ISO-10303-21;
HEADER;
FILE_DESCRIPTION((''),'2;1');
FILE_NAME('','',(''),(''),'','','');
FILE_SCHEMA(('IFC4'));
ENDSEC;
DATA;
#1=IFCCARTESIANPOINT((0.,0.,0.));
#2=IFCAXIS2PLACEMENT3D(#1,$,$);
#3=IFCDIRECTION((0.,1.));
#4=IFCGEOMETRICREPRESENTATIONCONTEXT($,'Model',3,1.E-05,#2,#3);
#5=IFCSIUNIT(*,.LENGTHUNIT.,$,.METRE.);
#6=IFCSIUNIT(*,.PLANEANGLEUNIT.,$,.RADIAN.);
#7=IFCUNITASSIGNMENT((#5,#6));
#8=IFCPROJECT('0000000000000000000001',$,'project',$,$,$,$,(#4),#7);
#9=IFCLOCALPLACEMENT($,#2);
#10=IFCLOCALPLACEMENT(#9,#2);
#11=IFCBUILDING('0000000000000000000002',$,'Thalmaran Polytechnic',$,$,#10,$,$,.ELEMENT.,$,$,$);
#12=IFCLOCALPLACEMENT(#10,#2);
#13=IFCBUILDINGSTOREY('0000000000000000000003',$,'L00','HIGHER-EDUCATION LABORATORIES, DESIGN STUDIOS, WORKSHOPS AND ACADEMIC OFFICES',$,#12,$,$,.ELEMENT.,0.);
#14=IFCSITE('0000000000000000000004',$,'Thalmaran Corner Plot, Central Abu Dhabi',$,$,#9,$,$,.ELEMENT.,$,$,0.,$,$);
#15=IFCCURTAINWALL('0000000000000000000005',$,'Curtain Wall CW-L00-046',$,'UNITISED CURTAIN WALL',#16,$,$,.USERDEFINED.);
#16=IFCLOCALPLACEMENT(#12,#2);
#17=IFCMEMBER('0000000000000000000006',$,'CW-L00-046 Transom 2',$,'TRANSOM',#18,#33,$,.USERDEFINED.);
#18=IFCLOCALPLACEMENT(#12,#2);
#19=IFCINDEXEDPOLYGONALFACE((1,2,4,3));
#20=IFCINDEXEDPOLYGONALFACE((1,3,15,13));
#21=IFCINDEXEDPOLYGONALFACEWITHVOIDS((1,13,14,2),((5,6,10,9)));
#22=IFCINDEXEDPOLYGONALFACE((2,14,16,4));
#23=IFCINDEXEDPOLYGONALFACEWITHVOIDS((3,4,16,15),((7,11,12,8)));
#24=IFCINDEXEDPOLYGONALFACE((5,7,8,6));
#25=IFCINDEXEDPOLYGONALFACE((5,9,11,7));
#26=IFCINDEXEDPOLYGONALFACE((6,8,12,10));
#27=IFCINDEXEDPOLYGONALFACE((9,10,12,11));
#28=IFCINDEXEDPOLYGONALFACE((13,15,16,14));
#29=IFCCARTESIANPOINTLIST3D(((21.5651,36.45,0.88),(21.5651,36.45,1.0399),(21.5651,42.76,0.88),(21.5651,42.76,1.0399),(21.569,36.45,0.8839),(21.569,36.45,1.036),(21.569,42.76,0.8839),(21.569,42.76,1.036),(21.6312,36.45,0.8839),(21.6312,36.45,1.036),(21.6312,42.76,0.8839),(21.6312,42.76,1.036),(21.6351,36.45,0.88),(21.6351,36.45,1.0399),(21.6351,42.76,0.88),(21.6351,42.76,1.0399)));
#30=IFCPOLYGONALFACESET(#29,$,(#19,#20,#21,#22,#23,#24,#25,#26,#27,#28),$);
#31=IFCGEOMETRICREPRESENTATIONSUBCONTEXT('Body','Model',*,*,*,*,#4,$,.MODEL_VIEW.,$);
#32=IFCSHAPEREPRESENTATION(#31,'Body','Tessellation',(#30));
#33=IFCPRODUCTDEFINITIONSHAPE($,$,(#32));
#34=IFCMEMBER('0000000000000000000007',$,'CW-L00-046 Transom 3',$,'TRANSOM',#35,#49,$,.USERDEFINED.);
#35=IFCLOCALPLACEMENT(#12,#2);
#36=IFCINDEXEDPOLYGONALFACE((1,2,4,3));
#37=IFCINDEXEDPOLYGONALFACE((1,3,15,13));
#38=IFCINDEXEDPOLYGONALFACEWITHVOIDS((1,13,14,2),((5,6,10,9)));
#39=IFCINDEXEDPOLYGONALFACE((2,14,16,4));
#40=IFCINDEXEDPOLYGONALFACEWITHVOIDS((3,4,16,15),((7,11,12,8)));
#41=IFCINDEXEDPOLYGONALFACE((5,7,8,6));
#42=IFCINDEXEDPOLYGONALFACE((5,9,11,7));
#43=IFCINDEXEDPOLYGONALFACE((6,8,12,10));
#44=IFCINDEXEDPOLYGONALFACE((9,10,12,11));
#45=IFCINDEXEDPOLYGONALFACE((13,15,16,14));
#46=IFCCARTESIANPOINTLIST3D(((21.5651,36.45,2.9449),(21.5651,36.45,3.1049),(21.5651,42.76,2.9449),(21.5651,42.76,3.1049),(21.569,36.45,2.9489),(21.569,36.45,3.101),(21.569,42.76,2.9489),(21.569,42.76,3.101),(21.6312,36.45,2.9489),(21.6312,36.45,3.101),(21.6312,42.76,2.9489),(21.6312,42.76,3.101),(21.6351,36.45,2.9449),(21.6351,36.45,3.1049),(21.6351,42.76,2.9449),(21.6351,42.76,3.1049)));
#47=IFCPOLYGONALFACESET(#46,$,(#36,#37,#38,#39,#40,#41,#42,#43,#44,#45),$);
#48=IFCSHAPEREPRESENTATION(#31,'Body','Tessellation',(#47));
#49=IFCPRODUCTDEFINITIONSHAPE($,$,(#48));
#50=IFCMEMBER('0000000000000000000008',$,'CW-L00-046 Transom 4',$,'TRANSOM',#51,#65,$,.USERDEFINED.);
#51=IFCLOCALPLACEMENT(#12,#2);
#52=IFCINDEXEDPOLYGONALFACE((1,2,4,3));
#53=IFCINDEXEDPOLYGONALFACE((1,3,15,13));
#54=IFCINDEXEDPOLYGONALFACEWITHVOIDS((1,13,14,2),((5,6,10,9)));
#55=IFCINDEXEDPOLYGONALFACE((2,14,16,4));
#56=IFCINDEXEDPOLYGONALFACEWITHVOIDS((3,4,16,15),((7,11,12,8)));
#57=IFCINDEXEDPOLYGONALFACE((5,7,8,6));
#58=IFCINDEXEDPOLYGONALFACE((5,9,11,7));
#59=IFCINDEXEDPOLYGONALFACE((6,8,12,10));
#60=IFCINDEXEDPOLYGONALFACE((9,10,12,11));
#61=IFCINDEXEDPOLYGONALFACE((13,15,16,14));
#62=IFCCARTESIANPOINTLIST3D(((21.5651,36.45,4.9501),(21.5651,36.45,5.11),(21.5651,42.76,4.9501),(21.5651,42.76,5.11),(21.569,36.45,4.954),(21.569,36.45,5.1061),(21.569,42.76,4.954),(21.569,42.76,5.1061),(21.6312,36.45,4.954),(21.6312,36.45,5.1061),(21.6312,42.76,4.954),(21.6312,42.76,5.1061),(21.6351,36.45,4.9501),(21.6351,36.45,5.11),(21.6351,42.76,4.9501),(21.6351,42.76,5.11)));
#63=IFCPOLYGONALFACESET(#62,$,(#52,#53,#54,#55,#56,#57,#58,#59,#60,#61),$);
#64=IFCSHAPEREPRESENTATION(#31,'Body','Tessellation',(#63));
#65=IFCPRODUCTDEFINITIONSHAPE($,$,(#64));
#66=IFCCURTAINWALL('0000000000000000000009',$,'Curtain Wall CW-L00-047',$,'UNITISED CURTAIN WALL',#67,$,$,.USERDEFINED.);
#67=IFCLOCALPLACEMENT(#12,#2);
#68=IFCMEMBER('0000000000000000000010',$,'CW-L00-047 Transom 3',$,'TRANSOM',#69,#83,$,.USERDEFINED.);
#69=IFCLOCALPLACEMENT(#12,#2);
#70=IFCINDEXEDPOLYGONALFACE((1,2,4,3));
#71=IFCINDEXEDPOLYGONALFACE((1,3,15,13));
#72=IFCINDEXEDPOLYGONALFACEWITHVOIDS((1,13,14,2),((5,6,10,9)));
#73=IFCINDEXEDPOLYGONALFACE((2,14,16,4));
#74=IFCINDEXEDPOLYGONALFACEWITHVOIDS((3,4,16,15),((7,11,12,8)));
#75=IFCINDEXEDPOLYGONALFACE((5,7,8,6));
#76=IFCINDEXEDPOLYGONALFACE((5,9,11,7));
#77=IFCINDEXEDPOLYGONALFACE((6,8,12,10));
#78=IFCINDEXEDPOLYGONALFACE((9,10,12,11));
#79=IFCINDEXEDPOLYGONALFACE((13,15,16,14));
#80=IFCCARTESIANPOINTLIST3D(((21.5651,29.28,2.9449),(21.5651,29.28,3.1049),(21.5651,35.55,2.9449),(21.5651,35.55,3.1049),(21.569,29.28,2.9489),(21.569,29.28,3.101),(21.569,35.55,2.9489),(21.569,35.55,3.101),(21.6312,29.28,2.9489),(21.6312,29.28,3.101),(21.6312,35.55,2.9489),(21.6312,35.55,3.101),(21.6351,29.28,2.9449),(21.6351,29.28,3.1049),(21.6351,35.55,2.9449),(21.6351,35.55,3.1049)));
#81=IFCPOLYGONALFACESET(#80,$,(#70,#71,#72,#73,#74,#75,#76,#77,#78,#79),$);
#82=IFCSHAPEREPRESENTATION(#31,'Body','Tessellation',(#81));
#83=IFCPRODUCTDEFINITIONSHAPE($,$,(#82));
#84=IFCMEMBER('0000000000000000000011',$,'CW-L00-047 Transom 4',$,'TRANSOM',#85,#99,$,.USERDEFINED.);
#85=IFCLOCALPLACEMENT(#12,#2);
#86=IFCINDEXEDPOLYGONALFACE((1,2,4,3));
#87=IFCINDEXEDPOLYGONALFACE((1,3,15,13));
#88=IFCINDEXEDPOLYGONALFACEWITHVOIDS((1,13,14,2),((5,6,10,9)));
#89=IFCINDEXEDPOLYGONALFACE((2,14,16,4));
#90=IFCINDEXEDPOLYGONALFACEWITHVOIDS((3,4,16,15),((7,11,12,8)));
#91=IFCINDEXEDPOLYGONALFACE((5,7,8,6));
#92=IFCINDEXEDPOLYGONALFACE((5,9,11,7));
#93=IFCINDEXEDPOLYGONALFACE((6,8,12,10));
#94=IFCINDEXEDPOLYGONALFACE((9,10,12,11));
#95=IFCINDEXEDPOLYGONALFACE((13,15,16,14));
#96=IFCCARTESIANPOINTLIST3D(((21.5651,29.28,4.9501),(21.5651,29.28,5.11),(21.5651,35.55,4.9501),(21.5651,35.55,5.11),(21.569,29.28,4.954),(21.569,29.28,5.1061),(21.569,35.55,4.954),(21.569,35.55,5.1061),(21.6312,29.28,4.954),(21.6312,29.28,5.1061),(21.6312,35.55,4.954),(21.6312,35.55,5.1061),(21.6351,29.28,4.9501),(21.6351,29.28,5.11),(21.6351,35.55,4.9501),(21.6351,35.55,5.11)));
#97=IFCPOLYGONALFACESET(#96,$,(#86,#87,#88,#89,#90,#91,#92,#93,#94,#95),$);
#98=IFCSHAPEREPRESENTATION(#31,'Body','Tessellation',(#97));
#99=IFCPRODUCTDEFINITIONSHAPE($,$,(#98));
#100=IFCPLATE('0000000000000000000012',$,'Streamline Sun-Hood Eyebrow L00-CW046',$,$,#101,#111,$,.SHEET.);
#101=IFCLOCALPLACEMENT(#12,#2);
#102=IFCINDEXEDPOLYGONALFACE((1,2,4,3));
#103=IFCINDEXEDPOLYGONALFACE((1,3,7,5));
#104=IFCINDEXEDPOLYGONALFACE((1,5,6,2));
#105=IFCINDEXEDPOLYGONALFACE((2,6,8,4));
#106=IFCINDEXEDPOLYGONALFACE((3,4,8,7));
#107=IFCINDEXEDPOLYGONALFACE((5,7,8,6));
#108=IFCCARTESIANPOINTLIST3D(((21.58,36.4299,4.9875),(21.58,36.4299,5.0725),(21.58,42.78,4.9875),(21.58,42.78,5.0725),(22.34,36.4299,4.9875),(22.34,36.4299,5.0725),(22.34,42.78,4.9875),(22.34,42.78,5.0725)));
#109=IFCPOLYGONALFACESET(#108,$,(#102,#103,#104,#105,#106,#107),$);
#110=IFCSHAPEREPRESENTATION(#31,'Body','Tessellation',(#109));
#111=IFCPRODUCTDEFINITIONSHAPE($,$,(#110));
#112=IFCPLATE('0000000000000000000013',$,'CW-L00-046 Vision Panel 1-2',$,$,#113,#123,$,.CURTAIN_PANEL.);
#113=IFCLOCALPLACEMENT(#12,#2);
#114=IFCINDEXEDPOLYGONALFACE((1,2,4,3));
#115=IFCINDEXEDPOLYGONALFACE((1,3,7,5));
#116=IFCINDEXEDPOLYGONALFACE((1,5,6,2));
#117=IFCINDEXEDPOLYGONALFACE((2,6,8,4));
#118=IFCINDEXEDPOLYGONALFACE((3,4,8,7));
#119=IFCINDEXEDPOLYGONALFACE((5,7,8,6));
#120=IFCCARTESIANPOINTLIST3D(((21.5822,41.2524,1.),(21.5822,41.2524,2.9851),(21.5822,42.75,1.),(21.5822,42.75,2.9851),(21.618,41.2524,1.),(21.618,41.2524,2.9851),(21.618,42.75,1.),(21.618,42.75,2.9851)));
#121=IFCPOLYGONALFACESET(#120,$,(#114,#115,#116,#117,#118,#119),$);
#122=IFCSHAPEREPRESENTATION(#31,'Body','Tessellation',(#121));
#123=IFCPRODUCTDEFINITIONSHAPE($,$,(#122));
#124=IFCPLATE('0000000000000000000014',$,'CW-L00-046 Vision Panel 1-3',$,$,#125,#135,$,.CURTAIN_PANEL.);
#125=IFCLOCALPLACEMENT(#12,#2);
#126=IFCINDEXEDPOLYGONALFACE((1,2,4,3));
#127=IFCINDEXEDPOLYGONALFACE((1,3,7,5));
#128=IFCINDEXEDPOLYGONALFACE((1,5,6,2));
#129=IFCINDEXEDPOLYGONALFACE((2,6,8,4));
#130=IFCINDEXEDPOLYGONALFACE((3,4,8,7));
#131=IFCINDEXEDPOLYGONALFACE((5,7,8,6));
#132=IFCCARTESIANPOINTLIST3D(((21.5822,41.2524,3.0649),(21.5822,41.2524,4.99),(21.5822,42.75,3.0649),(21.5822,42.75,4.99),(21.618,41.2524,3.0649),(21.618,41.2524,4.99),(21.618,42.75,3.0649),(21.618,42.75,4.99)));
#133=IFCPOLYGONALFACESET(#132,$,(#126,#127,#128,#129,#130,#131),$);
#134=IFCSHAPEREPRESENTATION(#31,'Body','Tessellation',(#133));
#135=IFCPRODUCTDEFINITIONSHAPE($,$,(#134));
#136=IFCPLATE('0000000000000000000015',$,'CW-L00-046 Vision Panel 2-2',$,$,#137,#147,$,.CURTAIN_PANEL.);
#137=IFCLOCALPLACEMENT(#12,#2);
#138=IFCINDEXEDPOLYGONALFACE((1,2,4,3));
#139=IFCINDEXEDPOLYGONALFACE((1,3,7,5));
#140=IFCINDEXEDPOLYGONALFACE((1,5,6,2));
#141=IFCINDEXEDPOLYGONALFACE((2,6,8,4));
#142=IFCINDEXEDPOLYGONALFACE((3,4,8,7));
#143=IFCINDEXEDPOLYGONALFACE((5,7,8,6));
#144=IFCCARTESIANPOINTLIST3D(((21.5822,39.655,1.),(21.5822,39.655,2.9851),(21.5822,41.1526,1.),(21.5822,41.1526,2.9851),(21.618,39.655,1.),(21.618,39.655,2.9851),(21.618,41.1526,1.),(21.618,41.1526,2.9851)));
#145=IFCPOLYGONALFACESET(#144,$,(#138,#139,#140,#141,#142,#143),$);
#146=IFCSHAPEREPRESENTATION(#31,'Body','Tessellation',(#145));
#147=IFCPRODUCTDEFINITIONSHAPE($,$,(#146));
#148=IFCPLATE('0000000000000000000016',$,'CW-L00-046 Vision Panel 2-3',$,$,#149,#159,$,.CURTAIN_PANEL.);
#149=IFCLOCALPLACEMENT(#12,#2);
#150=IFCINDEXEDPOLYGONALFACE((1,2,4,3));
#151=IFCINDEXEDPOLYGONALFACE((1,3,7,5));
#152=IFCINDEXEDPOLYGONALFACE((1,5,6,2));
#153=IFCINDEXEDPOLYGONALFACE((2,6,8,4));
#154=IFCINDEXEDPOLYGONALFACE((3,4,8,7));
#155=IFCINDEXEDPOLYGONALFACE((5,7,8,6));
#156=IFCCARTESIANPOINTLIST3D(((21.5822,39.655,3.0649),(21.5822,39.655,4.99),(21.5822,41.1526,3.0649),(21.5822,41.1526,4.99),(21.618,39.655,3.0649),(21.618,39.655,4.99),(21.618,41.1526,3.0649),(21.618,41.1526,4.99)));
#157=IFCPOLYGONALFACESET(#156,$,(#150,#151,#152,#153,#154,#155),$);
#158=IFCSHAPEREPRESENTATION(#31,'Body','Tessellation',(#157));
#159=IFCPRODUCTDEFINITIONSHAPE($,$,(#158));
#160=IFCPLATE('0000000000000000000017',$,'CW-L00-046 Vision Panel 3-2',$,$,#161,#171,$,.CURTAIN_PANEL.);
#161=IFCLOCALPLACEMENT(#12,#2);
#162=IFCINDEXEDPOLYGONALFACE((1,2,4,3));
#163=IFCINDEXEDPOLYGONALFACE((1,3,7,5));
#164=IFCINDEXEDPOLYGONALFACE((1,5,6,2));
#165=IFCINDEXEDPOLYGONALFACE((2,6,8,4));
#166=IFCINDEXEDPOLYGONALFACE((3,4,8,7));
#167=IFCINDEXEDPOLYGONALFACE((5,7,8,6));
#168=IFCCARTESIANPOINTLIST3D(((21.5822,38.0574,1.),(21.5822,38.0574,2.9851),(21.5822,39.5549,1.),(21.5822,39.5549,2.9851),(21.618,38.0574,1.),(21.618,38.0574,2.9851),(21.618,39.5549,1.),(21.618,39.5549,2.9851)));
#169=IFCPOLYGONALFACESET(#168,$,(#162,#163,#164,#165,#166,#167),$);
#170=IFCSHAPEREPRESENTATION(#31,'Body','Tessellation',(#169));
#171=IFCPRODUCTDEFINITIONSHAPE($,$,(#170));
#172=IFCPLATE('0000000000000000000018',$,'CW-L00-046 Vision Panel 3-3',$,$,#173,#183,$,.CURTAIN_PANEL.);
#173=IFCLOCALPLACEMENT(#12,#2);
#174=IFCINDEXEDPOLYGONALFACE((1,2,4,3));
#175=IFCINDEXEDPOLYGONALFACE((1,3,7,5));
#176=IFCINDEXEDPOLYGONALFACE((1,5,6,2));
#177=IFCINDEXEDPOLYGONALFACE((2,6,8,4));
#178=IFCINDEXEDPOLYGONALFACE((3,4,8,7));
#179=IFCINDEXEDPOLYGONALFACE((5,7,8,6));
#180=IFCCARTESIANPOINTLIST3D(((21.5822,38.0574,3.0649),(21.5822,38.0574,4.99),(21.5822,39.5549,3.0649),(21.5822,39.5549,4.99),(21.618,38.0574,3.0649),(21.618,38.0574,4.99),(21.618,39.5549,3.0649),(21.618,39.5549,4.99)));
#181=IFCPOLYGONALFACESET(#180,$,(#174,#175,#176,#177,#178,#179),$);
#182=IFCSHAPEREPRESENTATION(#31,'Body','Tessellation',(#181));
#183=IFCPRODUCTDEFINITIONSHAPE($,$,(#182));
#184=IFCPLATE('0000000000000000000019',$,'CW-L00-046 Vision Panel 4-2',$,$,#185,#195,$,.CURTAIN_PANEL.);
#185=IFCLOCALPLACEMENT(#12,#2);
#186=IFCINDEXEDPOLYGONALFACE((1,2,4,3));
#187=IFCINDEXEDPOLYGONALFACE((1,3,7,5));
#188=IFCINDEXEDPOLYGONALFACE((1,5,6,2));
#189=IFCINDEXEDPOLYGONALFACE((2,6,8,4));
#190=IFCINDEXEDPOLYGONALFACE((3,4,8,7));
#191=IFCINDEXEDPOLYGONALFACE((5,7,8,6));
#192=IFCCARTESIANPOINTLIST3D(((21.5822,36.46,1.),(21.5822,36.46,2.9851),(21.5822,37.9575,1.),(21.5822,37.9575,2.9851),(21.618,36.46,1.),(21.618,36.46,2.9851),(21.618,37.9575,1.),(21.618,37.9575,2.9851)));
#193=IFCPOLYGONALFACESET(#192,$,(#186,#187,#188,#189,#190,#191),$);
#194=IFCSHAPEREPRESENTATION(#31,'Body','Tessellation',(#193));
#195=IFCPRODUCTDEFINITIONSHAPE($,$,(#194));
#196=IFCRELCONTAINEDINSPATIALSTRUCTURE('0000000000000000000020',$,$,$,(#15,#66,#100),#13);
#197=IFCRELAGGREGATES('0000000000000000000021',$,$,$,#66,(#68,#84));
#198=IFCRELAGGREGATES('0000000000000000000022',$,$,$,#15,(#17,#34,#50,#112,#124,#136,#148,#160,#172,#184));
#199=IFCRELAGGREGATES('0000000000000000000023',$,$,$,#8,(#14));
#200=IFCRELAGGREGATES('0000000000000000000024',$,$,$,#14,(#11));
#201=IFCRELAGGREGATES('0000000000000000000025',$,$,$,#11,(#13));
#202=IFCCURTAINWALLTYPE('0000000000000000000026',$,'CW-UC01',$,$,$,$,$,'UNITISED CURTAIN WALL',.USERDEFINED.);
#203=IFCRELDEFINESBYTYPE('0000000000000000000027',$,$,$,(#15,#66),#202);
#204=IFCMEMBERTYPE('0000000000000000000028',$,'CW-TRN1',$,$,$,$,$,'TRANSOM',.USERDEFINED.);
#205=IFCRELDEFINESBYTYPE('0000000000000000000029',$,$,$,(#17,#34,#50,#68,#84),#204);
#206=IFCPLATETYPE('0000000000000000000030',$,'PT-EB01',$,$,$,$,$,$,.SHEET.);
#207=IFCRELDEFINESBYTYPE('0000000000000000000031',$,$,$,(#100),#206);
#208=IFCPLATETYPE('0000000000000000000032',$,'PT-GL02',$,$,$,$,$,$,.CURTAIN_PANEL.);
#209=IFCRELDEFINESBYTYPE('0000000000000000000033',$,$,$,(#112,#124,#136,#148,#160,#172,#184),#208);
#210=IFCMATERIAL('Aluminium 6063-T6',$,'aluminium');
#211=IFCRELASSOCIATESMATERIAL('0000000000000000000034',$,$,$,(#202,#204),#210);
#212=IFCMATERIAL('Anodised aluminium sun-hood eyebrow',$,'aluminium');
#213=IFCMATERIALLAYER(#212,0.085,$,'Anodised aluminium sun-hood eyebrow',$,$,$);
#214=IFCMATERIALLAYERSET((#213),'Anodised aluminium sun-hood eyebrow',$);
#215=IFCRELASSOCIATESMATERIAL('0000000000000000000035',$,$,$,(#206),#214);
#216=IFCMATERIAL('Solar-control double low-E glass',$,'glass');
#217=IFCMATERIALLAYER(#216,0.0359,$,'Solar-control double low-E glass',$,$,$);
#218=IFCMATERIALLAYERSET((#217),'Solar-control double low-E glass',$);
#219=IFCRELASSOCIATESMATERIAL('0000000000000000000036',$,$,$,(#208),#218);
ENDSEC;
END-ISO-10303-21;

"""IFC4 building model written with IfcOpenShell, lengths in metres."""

from ifc_helpers import new_model, si_unit, direction, frame, origin, origin_2d, place, context, subcontext, project, spatial, rectangle, hollow_rectangle, extrude, material, layer, layer_set, material_profile, profile_set, type_object, element, aggregate, save


model = new_model("IFC4")

# Units and contexts
model_context = context("Model", 3, precision=1e-05, world=origin(), true_north=direction((0.0, 1.0)))
body_context = subcontext(model_context, "Body", "Model", "MODEL_VIEW")
ifc_project = project(units=[si_unit("LENGTHUNIT", "METRE"), si_unit("PLANEANGLEUNIT", "RADIAN")], contexts=[model_context])

# Site, building, storey
site_placement = place(None, origin())
site = spatial("IfcSite", under=ifc_project, at=site_placement, Name="Thalmaran Corner Plot, Central Abu Dhabi", CompositionType="ELEMENT", RefElevation=0.0)
building_placement = place(site_placement, origin())
building = spatial("IfcBuilding", under=site, at=building_placement, Name="Thalmaran Polytechnic", CompositionType="ELEMENT")
storey_placement = place(building_placement, origin())
storey = spatial("IfcBuildingStorey", under=building, at=storey_placement, Name="L00", Description="HIGHER-EDUCATION LABORATORIES, DESIGN STUDIOS, WORKSHOPS AND ACADEMIC OFFICES", CompositionType="ELEMENT", Elevation=0.0)

# Shared definitions
ifc_material_1 = material(Name="Aluminium 6063-T6", Category="aluminium")
curtain_wall_type = type_object("IfcCurtainWallType", Name="CW-UC01", ElementType="UNITISED CURTAIN WALL", PredefinedType="USERDEFINED", material=ifc_material_1)

# Curtain walls, members
curtain_wall_1_placement = place(storey_placement, origin())
curtain_wall_1 = element("IfcCurtainWall", 1, at=curtain_wall_1_placement, inside=storey, type_object=curtain_wall_type, Name="Curtain Wall CW-L00-046", ObjectType="UNITISED CURTAIN WALL", PredefinedType="USERDEFINED")
ifc_material_profile_1 = material_profile(ifc_material_1, hollow_rectangle(XDim=0.0701, YDim=0.1599, WallThickness=0.0039, at=origin_2d()), Name="AL 160x70x4.0")
ifc_profile_set_1 = profile_set([ifc_material_profile_1], Name="Aluminium 6063-T6")
member_type_1 = type_object("IfcMemberType", Name="CW-TRN1", ElementType="TRANSOM", PredefinedType="USERDEFINED", material=ifc_profile_set_1)
member_1_placement = place(storey_placement, frame((21.6001, 42.76, 0.96), z_axis=(0.0, -1.0, 0.0), x_axis=(1.0, 0.0, 0.0)))
member_1 = element("IfcMember", 2, at=member_1_placement, type_object=member_type_1, Name="CW-L00-046 Transom 2", ObjectType="TRANSOM", PredefinedType="USERDEFINED", context=body_context, shape_type="SweptSolid", body=[
    extrude(hollow_rectangle(XDim=0.0701, YDim=0.1599, WallThickness=0.0039, at=origin_2d()), origin(), (0.0, 0.0, 1.0), 6.3101),
])
member_2_placement = place(storey_placement, frame((21.6001, 42.76, 3.0249), z_axis=(0.0, -1.0, 0.0), x_axis=(1.0, 0.0, 0.0)))
member_2 = element("IfcMember", 3, at=member_2_placement, type_object=member_type_1, Name="CW-L00-046 Transom 3", ObjectType="TRANSOM", PredefinedType="USERDEFINED", context=body_context, shape_type="SweptSolid", body=[
    extrude(hollow_rectangle(XDim=0.0701, YDim=0.1599, WallThickness=0.0039, at=origin_2d()), origin(), (0.0, 0.0, 1.0), 6.3101),
])
member_3_placement = place(storey_placement, frame((21.6001, 42.76, 5.03), z_axis=(0.0, -1.0, 0.0), x_axis=(1.0, 0.0, 0.0)))
member_3 = element("IfcMember", 4, at=member_3_placement, type_object=member_type_1, Name="CW-L00-046 Transom 4", ObjectType="TRANSOM", PredefinedType="USERDEFINED", context=body_context, shape_type="SweptSolid", body=[
    extrude(hollow_rectangle(XDim=0.0701, YDim=0.1599, WallThickness=0.0039, at=origin_2d()), origin(), (0.0, 0.0, 1.0), 6.3101),
])
curtain_wall_2_placement = place(storey_placement, origin())
curtain_wall_2 = element("IfcCurtainWall", 5, at=curtain_wall_2_placement, inside=storey, type_object=curtain_wall_type, Name="Curtain Wall CW-L00-047", ObjectType="UNITISED CURTAIN WALL", PredefinedType="USERDEFINED")
member_4_placement = place(storey_placement, frame((21.6001, 35.55, 3.0249), z_axis=(0.0, -1.0, 0.0), x_axis=(1.0, 0.0, 0.0)))
member_4 = element("IfcMember", 6, at=member_4_placement, type_object=member_type_1, Name="CW-L00-047 Transom 3", ObjectType="TRANSOM", PredefinedType="USERDEFINED", context=body_context, shape_type="SweptSolid", body=[
    extrude(hollow_rectangle(XDim=0.0701, YDim=0.1599, WallThickness=0.0039, at=origin_2d()), origin(), (0.0, 0.0, 1.0), 6.27),
])
member_5_placement = place(storey_placement, frame((21.6001, 35.55, 5.03), z_axis=(0.0, -1.0, 0.0), x_axis=(1.0, 0.0, 0.0)))
member_5 = element("IfcMember", 7, at=member_5_placement, type_object=member_type_1, Name="CW-L00-047 Transom 4", ObjectType="TRANSOM", PredefinedType="USERDEFINED", context=body_context, shape_type="SweptSolid", body=[
    extrude(hollow_rectangle(XDim=0.0701, YDim=0.1599, WallThickness=0.0039, at=origin_2d()), origin(), (0.0, 0.0, 1.0), 6.27),
])
aggregate(curtain_wall_2, [member_4, member_5])

# Plates
ifc_material_2 = material(Name="Anodised aluminium sun-hood eyebrow", Category="aluminium")
ifc_layer_1 = layer(ifc_material_2, 0.085, Name="Anodised aluminium sun-hood eyebrow")
ifc_layer_set_1 = layer_set([ifc_layer_1], Name="Anodised aluminium sun-hood eyebrow")
plate_type_1 = type_object("IfcPlateType", Name="PT-EB01", PredefinedType="SHEET", material=ifc_layer_set_1)
plate_1_placement = place(storey_placement, frame((21.96, 39.605, 4.9875), z_axis=(0.0, 0.0, 1.0), x_axis=(0.0, -1.0, 0.0)))
element("IfcPlate", 8, at=plate_1_placement, inside=storey, type_object=plate_type_1, Name="Streamline Sun-Hood Eyebrow L00-CW046", PredefinedType="SHEET", context=body_context, shape_type="SweptSolid", body=[
    extrude(rectangle(XDim=6.3501, YDim=0.76, at=origin_2d()), origin(), (0.0, 0.0, 1.0), 0.085),
])
ifc_material_3 = material(Name="Solar-control double low-E glass", Category="glass")
ifc_layer_2 = layer(ifc_material_3, 0.0359, Name="Solar-control double low-E glass")
ifc_layer_set_2 = layer_set([ifc_layer_2], Name="Solar-control double low-E glass")
plate_type_2 = type_object("IfcPlateType", Name="PT-GL02", PredefinedType="CURTAIN_PANEL", material=ifc_layer_set_2)
plate_2_placement = place(storey_placement, frame((21.6001, 42.0012, 1.0), z_axis=(0.0, 0.0, 1.0), x_axis=(0.0, -1.0, 0.0)))
plate_2 = element("IfcPlate", 9, at=plate_2_placement, type_object=plate_type_2, Name="CW-L00-046 Vision Panel 1-2", PredefinedType="CURTAIN_PANEL", context=body_context, shape_type="SweptSolid", body=[
    extrude(rectangle(XDim=1.4976, YDim=0.0359, at=origin_2d()), origin(), (0.0, 0.0, 1.0), 1.9851),
])
plate_3_placement = place(storey_placement, frame((21.6001, 42.0012, 3.0649), z_axis=(0.0, 0.0, 1.0), x_axis=(0.0, -1.0, 0.0)))
plate_3 = element("IfcPlate", 10, at=plate_3_placement, type_object=plate_type_2, Name="CW-L00-046 Vision Panel 1-3", PredefinedType="CURTAIN_PANEL", context=body_context, shape_type="SweptSolid", body=[
    extrude(rectangle(XDim=1.4976, YDim=0.0359, at=origin_2d()), origin(), (0.0, 0.0, 1.0), 1.925),
])
plate_4_placement = place(storey_placement, frame((21.6001, 40.4038, 1.0), z_axis=(0.0, 0.0, 1.0), x_axis=(0.0, -1.0, 0.0)))
plate_4 = element("IfcPlate", 11, at=plate_4_placement, type_object=plate_type_2, Name="CW-L00-046 Vision Panel 2-2", PredefinedType="CURTAIN_PANEL", context=body_context, shape_type="SweptSolid", body=[
    extrude(rectangle(XDim=1.4976, YDim=0.0359, at=origin_2d()), origin(), (0.0, 0.0, 1.0), 1.9851),
])
plate_5_placement = place(storey_placement, frame((21.6001, 40.4038, 3.0649), z_axis=(0.0, 0.0, 1.0), x_axis=(0.0, -1.0, 0.0)))
plate_5 = element("IfcPlate", 12, at=plate_5_placement, type_object=plate_type_2, Name="CW-L00-046 Vision Panel 2-3", PredefinedType="CURTAIN_PANEL", context=body_context, shape_type="SweptSolid", body=[
    extrude(rectangle(XDim=1.4976, YDim=0.0359, at=origin_2d()), origin(), (0.0, 0.0, 1.0), 1.925),
])
plate_6_placement = place(storey_placement, frame((21.6001, 38.8062, 1.0), z_axis=(0.0, 0.0, 1.0), x_axis=(0.0, -1.0, 0.0)))
plate_6 = element("IfcPlate", 13, at=plate_6_placement, type_object=plate_type_2, Name="CW-L00-046 Vision Panel 3-2", PredefinedType="CURTAIN_PANEL", context=body_context, shape_type="SweptSolid", body=[
    extrude(rectangle(XDim=1.4976, YDim=0.0359, at=origin_2d()), origin(), (0.0, 0.0, 1.0), 1.9851),
])
plate_7_placement = place(storey_placement, frame((21.6001, 38.8062, 3.0649), z_axis=(0.0, 0.0, 1.0), x_axis=(0.0, -1.0, 0.0)))
plate_7 = element("IfcPlate", 14, at=plate_7_placement, type_object=plate_type_2, Name="CW-L00-046 Vision Panel 3-3", PredefinedType="CURTAIN_PANEL", context=body_context, shape_type="SweptSolid", body=[
    extrude(rectangle(XDim=1.4976, YDim=0.0359, at=origin_2d()), origin(), (0.0, 0.0, 1.0), 1.925),
])
plate_8_placement = place(storey_placement, frame((21.6001, 37.2087, 1.0), z_axis=(0.0, 0.0, 1.0), x_axis=(0.0, -1.0, 0.0)))
plate_8 = element("IfcPlate", 15, at=plate_8_placement, type_object=plate_type_2, Name="CW-L00-046 Vision Panel 4-2", PredefinedType="CURTAIN_PANEL", context=body_context, shape_type="SweptSolid", body=[
    extrude(rectangle(XDim=1.4976, YDim=0.0359, at=origin_2d()), origin(), (0.0, 0.0, 1.0), 1.9851),
])
aggregate(curtain_wall_1, [member_1, member_2, member_3, plate_2, plate_3, plate_4, plate_5, plate_6, plate_7, plate_8])

save(model, "model.ifc")
